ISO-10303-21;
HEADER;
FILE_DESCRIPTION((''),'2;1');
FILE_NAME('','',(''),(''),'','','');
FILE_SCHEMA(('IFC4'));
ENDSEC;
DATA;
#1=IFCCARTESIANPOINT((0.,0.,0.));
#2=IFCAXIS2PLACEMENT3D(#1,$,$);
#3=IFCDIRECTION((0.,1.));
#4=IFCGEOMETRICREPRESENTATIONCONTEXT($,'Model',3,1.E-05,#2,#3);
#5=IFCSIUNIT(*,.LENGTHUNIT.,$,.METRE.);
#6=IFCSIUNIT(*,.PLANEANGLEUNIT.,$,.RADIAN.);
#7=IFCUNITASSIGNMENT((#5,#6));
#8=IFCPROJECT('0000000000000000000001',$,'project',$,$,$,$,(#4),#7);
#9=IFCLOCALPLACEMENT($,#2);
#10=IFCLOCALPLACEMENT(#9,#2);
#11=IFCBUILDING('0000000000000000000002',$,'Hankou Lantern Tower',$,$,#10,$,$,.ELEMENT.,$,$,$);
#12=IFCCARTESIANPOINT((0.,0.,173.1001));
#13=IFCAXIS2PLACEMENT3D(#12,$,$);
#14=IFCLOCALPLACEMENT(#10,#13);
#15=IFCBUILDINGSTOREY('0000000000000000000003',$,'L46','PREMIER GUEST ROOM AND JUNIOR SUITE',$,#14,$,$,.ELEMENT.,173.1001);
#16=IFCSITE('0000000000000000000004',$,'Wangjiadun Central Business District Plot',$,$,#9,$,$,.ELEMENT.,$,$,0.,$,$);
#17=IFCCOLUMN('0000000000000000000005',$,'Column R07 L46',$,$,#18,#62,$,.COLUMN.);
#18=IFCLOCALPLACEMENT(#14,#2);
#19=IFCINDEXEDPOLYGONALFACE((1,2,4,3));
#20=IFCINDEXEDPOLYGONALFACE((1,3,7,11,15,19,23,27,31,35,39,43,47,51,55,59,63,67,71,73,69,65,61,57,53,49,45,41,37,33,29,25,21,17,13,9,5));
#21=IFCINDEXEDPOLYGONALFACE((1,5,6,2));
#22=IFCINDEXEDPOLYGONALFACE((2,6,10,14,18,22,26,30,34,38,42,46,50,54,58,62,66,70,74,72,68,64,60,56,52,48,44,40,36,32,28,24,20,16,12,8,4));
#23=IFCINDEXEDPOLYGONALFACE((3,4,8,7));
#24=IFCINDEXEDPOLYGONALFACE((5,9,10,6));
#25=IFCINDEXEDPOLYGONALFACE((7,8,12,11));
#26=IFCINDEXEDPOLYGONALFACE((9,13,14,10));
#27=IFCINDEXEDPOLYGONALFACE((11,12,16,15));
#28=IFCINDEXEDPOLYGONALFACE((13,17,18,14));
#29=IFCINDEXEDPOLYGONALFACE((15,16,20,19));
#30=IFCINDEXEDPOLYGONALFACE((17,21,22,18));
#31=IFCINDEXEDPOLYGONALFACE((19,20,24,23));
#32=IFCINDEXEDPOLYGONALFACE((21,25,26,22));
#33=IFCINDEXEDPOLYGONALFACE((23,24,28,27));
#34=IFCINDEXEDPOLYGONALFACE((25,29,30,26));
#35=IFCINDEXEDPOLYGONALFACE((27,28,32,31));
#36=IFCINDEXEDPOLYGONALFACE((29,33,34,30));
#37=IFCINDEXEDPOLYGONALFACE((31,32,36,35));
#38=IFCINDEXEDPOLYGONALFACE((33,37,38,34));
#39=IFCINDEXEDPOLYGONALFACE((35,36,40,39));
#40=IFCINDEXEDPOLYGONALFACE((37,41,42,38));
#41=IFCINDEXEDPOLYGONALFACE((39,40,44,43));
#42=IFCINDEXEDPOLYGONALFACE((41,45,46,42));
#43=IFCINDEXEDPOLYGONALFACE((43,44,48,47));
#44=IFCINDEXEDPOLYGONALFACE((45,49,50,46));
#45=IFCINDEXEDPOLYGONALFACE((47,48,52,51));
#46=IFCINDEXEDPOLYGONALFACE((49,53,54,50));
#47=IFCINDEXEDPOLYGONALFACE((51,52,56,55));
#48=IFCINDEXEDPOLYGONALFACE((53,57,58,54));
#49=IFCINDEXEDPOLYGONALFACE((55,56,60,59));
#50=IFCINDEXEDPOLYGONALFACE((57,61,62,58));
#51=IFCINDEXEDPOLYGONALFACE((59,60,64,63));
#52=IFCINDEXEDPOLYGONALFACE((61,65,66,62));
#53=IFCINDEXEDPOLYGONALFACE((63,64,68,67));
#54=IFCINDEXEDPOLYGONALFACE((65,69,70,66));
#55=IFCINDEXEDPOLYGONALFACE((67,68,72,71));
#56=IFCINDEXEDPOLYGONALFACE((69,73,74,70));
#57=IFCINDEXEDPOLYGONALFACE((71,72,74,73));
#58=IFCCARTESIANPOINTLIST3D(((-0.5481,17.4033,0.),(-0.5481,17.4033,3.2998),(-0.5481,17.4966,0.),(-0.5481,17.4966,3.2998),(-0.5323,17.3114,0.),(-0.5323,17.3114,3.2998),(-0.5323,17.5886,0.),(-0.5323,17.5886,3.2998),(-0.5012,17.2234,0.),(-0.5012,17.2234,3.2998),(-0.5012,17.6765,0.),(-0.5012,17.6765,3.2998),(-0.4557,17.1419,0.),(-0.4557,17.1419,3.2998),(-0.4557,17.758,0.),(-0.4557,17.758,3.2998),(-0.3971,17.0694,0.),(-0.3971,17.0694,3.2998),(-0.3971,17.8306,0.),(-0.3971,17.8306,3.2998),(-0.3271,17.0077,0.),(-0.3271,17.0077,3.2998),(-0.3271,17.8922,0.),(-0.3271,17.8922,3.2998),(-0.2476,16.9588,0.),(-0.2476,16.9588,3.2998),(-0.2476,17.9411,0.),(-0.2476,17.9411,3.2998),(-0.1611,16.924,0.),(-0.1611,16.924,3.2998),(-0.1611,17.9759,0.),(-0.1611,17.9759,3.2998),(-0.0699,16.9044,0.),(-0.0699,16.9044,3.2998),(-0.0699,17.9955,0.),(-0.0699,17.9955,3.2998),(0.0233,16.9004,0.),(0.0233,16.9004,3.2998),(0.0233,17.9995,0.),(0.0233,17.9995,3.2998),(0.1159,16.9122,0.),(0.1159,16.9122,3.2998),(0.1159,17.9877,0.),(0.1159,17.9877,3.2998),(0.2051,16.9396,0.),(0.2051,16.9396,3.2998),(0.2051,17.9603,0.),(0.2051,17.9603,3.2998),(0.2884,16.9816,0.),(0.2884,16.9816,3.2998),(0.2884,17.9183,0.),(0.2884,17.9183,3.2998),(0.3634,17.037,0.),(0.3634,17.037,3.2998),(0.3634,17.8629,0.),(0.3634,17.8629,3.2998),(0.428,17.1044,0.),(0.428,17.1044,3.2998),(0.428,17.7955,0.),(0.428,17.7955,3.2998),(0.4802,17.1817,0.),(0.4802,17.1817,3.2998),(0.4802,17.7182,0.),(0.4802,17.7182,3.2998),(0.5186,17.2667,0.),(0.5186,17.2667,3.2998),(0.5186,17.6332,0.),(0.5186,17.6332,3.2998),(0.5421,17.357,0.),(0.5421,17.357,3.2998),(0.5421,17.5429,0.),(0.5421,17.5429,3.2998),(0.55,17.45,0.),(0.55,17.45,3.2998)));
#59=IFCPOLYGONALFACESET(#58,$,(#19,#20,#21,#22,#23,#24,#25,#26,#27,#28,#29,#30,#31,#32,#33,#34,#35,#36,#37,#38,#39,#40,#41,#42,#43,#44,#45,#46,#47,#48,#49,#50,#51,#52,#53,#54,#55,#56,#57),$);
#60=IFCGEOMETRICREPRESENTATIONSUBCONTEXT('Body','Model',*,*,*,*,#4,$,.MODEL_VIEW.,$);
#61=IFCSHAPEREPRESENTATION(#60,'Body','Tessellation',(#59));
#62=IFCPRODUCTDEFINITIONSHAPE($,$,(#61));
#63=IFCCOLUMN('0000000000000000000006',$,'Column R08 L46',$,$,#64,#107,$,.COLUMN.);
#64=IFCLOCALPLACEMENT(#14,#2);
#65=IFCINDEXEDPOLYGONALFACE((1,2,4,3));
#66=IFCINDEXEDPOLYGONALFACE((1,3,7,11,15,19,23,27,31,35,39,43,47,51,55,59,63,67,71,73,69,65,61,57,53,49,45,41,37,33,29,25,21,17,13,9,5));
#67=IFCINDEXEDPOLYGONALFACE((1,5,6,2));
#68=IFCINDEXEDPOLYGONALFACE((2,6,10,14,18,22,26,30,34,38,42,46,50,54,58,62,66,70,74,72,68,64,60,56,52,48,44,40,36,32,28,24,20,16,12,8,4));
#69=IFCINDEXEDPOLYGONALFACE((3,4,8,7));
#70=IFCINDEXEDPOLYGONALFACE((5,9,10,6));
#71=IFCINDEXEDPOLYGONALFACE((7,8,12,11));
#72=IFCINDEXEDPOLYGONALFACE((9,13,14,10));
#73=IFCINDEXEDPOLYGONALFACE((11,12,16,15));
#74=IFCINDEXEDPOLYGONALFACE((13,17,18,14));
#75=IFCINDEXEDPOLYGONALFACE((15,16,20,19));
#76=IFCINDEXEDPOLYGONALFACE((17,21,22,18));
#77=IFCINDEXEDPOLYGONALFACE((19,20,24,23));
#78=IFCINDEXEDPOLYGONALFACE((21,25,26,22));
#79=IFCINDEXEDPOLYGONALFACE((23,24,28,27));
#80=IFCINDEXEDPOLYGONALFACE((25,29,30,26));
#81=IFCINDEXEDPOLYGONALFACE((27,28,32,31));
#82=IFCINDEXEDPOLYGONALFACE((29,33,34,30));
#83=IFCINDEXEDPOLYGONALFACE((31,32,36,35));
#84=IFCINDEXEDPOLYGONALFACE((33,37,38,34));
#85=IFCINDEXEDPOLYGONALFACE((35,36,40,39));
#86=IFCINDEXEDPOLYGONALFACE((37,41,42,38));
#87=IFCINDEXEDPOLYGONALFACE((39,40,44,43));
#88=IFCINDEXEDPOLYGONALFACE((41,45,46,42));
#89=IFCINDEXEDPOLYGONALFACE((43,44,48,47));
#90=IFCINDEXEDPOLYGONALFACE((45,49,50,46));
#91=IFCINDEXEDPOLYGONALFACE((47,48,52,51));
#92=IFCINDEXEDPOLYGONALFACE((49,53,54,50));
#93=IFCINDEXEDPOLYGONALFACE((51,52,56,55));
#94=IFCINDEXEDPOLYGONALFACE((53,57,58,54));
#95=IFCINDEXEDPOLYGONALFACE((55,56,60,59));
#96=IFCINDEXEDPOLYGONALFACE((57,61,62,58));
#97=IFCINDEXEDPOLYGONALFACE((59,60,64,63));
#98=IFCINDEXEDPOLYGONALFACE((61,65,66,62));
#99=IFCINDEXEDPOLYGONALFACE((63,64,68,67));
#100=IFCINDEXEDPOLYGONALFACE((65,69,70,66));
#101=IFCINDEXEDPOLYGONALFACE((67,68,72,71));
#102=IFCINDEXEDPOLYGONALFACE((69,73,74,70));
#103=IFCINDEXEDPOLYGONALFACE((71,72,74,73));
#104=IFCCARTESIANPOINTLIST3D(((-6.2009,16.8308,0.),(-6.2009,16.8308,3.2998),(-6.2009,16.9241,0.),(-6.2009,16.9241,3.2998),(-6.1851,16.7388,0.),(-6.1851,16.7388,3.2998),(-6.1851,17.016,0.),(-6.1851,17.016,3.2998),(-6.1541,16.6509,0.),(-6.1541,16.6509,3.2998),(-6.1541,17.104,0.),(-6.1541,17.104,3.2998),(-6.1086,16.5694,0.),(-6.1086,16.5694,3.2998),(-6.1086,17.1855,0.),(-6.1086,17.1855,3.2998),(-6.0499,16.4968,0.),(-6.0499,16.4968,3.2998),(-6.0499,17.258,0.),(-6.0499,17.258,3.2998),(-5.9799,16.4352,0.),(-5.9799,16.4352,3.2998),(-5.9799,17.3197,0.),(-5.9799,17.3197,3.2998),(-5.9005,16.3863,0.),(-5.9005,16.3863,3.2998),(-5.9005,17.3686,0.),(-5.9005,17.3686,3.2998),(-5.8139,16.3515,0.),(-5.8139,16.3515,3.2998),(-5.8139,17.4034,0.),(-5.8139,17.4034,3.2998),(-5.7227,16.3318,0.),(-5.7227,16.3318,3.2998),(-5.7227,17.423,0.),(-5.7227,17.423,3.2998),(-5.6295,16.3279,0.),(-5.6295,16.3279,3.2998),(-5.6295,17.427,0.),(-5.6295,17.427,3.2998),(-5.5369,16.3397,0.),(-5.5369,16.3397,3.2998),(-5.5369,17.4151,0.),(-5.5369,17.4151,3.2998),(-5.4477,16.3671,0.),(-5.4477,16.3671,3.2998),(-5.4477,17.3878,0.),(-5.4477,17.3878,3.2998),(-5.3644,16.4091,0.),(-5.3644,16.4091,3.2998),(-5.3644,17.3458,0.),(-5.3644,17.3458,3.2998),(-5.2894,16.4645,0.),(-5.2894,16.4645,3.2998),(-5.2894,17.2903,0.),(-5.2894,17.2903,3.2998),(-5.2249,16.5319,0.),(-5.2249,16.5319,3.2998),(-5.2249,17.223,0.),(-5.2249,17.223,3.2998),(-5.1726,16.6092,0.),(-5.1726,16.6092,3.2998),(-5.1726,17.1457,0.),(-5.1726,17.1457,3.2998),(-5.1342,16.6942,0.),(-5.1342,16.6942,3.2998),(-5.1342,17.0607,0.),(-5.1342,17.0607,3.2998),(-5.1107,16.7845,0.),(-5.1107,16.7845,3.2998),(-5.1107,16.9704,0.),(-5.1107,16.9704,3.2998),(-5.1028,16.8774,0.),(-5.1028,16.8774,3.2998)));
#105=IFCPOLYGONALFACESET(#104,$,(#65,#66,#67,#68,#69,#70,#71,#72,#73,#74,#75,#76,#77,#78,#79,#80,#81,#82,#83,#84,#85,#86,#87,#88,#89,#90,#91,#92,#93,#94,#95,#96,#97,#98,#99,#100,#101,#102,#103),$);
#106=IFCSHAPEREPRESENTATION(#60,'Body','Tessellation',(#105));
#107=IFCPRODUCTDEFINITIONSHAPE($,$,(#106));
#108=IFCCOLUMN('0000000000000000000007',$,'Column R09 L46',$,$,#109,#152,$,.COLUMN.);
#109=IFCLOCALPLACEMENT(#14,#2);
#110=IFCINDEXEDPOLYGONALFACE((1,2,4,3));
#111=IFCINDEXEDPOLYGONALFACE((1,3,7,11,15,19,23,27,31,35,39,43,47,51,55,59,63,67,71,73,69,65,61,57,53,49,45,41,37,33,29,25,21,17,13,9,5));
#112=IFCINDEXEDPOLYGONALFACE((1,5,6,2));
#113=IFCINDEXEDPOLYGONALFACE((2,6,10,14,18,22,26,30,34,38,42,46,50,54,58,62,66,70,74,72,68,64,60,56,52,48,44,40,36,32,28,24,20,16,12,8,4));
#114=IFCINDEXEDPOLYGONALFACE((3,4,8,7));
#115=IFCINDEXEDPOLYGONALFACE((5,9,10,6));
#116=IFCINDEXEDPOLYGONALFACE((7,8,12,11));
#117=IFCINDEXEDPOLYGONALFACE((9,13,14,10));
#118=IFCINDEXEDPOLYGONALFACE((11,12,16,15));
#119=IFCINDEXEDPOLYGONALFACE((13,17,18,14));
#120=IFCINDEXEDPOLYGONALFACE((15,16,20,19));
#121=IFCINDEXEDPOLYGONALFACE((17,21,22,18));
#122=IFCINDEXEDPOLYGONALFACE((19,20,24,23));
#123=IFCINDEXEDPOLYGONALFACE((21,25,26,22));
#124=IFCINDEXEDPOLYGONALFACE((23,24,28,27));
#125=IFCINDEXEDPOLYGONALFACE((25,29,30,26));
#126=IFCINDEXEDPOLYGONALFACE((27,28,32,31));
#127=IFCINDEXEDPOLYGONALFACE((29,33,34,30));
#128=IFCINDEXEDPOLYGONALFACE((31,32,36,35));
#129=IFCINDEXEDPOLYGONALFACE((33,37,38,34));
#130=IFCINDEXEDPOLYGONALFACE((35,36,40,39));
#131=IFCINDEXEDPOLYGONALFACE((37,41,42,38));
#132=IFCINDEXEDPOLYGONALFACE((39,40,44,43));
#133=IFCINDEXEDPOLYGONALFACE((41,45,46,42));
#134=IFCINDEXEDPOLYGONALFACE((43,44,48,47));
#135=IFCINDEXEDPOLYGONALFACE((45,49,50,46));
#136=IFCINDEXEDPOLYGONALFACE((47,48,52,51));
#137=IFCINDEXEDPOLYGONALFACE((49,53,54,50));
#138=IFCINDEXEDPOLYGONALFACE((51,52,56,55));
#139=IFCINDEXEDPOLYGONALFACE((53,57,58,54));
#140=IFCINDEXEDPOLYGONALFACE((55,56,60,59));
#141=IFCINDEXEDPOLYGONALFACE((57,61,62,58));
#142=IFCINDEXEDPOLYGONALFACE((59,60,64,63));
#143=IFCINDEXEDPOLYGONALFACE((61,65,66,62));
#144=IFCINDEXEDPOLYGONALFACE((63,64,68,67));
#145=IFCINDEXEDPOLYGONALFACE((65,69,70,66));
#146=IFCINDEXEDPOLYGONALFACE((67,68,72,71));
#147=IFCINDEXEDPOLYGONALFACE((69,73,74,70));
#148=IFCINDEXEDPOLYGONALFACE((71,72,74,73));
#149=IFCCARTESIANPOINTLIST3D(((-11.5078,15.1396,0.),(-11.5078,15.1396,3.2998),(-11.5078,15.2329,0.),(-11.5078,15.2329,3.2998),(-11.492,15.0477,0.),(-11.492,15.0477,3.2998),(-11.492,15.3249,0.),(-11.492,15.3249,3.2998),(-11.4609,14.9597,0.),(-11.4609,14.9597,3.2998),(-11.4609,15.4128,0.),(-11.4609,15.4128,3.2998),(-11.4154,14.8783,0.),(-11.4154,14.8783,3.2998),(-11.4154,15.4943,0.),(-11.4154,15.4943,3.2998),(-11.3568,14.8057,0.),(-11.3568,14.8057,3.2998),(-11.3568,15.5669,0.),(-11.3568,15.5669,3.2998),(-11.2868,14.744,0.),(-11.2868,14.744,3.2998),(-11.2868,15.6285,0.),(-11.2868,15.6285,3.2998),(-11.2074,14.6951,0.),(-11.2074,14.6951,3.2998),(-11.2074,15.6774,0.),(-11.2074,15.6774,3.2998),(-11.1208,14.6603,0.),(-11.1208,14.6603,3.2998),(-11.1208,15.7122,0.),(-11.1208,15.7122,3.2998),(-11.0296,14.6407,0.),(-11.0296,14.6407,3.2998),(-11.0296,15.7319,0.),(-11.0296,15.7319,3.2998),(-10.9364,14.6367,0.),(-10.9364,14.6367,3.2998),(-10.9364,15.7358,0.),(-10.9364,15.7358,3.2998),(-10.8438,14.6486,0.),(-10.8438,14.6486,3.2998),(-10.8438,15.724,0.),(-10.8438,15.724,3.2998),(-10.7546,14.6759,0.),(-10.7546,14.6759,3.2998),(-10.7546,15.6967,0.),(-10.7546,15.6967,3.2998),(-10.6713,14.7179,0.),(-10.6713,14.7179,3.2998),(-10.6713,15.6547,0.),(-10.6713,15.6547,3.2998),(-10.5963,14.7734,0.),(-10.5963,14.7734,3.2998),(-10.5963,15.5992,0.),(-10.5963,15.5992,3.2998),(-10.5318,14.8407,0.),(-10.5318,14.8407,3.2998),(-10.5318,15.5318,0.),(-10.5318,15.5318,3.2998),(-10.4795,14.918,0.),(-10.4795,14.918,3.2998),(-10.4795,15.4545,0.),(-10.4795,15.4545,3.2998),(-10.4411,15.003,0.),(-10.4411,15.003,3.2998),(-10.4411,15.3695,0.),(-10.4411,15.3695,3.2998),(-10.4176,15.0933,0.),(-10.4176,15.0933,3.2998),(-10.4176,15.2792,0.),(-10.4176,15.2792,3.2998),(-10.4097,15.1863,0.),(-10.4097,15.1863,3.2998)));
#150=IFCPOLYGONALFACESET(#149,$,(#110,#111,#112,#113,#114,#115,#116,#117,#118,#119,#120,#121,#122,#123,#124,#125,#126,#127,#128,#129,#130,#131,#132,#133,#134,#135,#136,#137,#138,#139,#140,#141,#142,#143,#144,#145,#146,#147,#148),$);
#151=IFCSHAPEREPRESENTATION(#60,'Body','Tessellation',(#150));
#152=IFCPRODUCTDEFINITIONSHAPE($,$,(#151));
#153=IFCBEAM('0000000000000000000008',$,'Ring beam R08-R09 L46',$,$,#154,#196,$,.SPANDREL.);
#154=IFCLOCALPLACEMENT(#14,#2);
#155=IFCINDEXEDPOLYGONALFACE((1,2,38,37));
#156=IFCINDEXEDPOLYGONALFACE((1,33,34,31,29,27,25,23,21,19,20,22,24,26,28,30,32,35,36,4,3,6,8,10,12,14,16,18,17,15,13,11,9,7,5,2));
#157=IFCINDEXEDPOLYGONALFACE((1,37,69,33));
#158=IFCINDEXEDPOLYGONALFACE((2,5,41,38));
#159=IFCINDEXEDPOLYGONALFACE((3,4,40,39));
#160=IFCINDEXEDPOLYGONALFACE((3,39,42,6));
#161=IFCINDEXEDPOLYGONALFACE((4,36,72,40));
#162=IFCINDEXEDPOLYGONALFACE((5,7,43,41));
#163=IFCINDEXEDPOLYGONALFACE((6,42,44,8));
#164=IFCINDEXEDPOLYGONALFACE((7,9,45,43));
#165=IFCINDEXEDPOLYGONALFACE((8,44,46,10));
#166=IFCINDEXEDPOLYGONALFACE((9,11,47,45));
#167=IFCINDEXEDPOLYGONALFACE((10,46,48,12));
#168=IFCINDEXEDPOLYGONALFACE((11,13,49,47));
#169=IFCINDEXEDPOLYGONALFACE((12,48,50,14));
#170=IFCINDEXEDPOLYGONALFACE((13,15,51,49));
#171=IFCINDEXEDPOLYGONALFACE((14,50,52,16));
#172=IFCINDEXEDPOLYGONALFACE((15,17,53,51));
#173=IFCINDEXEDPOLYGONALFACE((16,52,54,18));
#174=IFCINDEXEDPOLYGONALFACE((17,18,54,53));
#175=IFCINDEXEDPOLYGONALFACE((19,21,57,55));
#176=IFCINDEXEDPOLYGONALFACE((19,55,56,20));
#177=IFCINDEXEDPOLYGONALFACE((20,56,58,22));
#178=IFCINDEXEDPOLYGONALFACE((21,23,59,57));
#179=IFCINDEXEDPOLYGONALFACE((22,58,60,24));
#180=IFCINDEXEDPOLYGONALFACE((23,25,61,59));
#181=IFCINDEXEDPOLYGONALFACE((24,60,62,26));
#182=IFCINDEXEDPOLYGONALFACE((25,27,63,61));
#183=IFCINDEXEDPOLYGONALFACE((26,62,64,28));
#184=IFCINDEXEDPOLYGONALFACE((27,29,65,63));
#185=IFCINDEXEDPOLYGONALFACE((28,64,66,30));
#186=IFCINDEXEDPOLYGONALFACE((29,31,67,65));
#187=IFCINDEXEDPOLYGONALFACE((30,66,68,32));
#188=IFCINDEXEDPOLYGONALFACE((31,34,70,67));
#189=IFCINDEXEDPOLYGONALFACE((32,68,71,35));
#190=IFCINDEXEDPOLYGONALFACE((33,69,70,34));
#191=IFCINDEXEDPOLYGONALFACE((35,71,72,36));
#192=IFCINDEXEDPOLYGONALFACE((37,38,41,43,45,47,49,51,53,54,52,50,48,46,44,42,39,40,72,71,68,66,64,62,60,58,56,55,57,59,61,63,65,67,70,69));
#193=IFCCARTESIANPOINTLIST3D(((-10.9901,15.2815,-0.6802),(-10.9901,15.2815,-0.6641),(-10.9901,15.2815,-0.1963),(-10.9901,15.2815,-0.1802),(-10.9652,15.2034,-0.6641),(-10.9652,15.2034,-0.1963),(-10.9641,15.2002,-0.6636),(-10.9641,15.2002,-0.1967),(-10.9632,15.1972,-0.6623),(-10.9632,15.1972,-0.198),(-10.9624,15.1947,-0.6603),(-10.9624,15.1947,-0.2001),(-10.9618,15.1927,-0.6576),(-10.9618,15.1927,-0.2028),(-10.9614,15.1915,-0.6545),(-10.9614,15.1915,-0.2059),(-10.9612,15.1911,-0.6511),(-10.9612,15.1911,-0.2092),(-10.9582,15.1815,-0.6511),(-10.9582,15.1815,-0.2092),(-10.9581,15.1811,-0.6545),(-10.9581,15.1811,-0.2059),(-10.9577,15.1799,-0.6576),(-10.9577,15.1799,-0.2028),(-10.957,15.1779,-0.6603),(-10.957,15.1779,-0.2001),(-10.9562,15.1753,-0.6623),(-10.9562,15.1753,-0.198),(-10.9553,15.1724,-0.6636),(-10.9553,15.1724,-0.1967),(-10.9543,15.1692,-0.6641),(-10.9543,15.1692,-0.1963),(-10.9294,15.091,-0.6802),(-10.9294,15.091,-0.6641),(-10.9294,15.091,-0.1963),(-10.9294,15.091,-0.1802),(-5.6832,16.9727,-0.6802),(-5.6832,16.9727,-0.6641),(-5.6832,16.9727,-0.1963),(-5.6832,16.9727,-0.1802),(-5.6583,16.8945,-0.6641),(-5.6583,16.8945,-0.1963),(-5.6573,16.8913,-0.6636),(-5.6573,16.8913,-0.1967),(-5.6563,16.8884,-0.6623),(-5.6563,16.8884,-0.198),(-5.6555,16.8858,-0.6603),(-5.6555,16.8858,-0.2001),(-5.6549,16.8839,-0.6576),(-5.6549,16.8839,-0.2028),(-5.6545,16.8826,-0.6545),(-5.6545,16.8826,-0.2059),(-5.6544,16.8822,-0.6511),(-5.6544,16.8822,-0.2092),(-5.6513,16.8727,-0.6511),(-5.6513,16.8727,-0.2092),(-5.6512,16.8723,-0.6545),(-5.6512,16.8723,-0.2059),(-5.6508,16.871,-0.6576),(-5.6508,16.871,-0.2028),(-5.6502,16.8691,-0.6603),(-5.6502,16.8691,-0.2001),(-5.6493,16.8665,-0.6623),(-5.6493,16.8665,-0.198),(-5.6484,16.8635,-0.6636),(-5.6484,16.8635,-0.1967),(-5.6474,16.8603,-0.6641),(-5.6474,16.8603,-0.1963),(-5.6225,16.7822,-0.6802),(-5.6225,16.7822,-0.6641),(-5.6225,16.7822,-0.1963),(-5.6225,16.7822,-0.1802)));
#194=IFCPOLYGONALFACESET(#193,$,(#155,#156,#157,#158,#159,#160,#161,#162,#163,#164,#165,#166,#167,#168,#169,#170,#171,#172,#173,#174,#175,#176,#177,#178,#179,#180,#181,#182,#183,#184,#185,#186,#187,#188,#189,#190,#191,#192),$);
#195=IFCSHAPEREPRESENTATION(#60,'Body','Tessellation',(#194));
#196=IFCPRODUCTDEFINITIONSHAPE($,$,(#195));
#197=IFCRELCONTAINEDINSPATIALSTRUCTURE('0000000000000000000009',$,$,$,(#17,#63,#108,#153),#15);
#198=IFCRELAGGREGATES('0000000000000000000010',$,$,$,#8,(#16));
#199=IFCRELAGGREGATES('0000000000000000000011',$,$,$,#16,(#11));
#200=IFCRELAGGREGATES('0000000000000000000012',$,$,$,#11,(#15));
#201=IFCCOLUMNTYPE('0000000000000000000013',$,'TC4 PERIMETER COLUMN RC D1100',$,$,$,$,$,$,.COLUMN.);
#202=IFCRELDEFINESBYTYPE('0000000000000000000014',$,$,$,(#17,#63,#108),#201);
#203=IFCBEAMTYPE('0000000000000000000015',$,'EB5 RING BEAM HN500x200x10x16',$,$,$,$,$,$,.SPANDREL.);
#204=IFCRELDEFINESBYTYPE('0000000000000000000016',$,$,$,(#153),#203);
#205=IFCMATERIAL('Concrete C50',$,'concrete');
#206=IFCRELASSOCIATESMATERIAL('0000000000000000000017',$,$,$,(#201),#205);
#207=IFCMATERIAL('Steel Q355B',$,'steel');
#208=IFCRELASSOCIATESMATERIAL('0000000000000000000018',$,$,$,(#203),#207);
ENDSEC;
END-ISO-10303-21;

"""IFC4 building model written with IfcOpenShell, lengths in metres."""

from ifc_helpers import new_model, si_unit, direction, frame, origin, origin_2d, place, context, subcontext, project, spatial, circle, i_section, extrude, material, material_profile, profile_set, type_object, element, save


model = new_model("IFC4")

# Units and contexts
model_context = context("Model", 3, precision=1e-05, world=origin(), true_north=direction((0.0, 1.0)))
body_context = subcontext(model_context, "Body", "Model", "MODEL_VIEW")
ifc_project = project(units=[si_unit("LENGTHUNIT", "METRE"), si_unit("PLANEANGLEUNIT", "RADIAN")], contexts=[model_context])

# Site, building, storey
site_placement = place(None, origin())
site = spatial("IfcSite", under=ifc_project, at=site_placement, Name="Wangjiadun Central Business District Plot", CompositionType="ELEMENT", RefElevation=0.0)
building_placement = place(site_placement, origin())
building = spatial("IfcBuilding", under=site, at=building_placement, Name="Hankou Lantern Tower", CompositionType="ELEMENT")
storey_placement = place(building_placement, frame((0.0, 0.0, 173.1001)))
storey = spatial("IfcBuildingStorey", under=building, at=storey_placement, Name="L46", Description="PREMIER GUEST ROOM AND JUNIOR SUITE", CompositionType="ELEMENT", Elevation=173.1001)

# Columns
ifc_material_1 = material(Name="Concrete C50", Category="concrete")
ifc_material_profile_1 = material_profile(ifc_material_1, circle(Radius=0.55, at=origin_2d()), Name="RC D1100")
ifc_profile_set_1 = profile_set([ifc_material_profile_1], Name="Concrete C50")
column_type = type_object("IfcColumnType", Name="TC4 PERIMETER COLUMN RC D1100", PredefinedType="COLUMN", material=ifc_profile_set_1)
for number, where, z_axis, x_axis, name in (
    (1, (0.0, 17.45, 0.0), (0.0, 0.0, 1.0), (1.0, 0.0, 0.0), "Column R07 L46"),
    (2, (-5.6528, 16.8774, 0.0), (0.0, 0.0, 1.0), (1.0, 0.0, 0.0), "Column R08 L46"),
    (3, (-10.9597, 15.1863, 0.0), (0.0, 0.0, 1.0), (1.0, 0.0, 0.0), "Column R09 L46"),
):
    element("IfcColumn", number, at=place(storey_placement, frame(where, z_axis=z_axis, x_axis=x_axis)), inside=storey, type_object=column_type, Name=name, PredefinedType="COLUMN", context=body_context, shape_type="SweptSolid", body=[
        extrude(circle(Radius=0.55, at=origin_2d()), origin(), (0.0, 0.0, 1.0), 3.2998),
    ])

# Beam
ifc_material_2 = material(Name="Steel Q355B", Category="steel")
ifc_material_profile_2 = material_profile(ifc_material_2, i_section(OverallWidth=0.2, OverallDepth=0.5, WebThickness=0.01, FlangeThickness=0.0161, FilletRadius=0.0129, at=origin_2d()), Name="HN500x200x10x16")
ifc_profile_set_2 = profile_set([ifc_material_profile_2], Name="Steel Q355B")
beam_type_1 = type_object("IfcBeamType", Name="EB5 RING BEAM HN500x200x10x16", PredefinedType="SPANDREL", material=ifc_profile_set_2)
beam_1_placement = place(storey_placement, frame((-5.6528, 16.8774, -0.4302), z_axis=(-0.95279, -0.303629, 0.0), x_axis=(0.303629, -0.95279, 0.0)))
element("IfcBeam", 4, at=beam_1_placement, inside=storey, type_object=beam_type_1, Name="Ring beam R08-R09 L46", PredefinedType="SPANDREL", context=body_context, shape_type="SweptSolid", body=[
    extrude(i_section(OverallWidth=0.2, OverallDepth=0.5, WebThickness=0.01, FlangeThickness=0.0161, FilletRadius=0.0129, at=origin_2d()), origin(), (0.0, 0.0, 1.0), 5.5698),
])

save(model, "model.ifc")
